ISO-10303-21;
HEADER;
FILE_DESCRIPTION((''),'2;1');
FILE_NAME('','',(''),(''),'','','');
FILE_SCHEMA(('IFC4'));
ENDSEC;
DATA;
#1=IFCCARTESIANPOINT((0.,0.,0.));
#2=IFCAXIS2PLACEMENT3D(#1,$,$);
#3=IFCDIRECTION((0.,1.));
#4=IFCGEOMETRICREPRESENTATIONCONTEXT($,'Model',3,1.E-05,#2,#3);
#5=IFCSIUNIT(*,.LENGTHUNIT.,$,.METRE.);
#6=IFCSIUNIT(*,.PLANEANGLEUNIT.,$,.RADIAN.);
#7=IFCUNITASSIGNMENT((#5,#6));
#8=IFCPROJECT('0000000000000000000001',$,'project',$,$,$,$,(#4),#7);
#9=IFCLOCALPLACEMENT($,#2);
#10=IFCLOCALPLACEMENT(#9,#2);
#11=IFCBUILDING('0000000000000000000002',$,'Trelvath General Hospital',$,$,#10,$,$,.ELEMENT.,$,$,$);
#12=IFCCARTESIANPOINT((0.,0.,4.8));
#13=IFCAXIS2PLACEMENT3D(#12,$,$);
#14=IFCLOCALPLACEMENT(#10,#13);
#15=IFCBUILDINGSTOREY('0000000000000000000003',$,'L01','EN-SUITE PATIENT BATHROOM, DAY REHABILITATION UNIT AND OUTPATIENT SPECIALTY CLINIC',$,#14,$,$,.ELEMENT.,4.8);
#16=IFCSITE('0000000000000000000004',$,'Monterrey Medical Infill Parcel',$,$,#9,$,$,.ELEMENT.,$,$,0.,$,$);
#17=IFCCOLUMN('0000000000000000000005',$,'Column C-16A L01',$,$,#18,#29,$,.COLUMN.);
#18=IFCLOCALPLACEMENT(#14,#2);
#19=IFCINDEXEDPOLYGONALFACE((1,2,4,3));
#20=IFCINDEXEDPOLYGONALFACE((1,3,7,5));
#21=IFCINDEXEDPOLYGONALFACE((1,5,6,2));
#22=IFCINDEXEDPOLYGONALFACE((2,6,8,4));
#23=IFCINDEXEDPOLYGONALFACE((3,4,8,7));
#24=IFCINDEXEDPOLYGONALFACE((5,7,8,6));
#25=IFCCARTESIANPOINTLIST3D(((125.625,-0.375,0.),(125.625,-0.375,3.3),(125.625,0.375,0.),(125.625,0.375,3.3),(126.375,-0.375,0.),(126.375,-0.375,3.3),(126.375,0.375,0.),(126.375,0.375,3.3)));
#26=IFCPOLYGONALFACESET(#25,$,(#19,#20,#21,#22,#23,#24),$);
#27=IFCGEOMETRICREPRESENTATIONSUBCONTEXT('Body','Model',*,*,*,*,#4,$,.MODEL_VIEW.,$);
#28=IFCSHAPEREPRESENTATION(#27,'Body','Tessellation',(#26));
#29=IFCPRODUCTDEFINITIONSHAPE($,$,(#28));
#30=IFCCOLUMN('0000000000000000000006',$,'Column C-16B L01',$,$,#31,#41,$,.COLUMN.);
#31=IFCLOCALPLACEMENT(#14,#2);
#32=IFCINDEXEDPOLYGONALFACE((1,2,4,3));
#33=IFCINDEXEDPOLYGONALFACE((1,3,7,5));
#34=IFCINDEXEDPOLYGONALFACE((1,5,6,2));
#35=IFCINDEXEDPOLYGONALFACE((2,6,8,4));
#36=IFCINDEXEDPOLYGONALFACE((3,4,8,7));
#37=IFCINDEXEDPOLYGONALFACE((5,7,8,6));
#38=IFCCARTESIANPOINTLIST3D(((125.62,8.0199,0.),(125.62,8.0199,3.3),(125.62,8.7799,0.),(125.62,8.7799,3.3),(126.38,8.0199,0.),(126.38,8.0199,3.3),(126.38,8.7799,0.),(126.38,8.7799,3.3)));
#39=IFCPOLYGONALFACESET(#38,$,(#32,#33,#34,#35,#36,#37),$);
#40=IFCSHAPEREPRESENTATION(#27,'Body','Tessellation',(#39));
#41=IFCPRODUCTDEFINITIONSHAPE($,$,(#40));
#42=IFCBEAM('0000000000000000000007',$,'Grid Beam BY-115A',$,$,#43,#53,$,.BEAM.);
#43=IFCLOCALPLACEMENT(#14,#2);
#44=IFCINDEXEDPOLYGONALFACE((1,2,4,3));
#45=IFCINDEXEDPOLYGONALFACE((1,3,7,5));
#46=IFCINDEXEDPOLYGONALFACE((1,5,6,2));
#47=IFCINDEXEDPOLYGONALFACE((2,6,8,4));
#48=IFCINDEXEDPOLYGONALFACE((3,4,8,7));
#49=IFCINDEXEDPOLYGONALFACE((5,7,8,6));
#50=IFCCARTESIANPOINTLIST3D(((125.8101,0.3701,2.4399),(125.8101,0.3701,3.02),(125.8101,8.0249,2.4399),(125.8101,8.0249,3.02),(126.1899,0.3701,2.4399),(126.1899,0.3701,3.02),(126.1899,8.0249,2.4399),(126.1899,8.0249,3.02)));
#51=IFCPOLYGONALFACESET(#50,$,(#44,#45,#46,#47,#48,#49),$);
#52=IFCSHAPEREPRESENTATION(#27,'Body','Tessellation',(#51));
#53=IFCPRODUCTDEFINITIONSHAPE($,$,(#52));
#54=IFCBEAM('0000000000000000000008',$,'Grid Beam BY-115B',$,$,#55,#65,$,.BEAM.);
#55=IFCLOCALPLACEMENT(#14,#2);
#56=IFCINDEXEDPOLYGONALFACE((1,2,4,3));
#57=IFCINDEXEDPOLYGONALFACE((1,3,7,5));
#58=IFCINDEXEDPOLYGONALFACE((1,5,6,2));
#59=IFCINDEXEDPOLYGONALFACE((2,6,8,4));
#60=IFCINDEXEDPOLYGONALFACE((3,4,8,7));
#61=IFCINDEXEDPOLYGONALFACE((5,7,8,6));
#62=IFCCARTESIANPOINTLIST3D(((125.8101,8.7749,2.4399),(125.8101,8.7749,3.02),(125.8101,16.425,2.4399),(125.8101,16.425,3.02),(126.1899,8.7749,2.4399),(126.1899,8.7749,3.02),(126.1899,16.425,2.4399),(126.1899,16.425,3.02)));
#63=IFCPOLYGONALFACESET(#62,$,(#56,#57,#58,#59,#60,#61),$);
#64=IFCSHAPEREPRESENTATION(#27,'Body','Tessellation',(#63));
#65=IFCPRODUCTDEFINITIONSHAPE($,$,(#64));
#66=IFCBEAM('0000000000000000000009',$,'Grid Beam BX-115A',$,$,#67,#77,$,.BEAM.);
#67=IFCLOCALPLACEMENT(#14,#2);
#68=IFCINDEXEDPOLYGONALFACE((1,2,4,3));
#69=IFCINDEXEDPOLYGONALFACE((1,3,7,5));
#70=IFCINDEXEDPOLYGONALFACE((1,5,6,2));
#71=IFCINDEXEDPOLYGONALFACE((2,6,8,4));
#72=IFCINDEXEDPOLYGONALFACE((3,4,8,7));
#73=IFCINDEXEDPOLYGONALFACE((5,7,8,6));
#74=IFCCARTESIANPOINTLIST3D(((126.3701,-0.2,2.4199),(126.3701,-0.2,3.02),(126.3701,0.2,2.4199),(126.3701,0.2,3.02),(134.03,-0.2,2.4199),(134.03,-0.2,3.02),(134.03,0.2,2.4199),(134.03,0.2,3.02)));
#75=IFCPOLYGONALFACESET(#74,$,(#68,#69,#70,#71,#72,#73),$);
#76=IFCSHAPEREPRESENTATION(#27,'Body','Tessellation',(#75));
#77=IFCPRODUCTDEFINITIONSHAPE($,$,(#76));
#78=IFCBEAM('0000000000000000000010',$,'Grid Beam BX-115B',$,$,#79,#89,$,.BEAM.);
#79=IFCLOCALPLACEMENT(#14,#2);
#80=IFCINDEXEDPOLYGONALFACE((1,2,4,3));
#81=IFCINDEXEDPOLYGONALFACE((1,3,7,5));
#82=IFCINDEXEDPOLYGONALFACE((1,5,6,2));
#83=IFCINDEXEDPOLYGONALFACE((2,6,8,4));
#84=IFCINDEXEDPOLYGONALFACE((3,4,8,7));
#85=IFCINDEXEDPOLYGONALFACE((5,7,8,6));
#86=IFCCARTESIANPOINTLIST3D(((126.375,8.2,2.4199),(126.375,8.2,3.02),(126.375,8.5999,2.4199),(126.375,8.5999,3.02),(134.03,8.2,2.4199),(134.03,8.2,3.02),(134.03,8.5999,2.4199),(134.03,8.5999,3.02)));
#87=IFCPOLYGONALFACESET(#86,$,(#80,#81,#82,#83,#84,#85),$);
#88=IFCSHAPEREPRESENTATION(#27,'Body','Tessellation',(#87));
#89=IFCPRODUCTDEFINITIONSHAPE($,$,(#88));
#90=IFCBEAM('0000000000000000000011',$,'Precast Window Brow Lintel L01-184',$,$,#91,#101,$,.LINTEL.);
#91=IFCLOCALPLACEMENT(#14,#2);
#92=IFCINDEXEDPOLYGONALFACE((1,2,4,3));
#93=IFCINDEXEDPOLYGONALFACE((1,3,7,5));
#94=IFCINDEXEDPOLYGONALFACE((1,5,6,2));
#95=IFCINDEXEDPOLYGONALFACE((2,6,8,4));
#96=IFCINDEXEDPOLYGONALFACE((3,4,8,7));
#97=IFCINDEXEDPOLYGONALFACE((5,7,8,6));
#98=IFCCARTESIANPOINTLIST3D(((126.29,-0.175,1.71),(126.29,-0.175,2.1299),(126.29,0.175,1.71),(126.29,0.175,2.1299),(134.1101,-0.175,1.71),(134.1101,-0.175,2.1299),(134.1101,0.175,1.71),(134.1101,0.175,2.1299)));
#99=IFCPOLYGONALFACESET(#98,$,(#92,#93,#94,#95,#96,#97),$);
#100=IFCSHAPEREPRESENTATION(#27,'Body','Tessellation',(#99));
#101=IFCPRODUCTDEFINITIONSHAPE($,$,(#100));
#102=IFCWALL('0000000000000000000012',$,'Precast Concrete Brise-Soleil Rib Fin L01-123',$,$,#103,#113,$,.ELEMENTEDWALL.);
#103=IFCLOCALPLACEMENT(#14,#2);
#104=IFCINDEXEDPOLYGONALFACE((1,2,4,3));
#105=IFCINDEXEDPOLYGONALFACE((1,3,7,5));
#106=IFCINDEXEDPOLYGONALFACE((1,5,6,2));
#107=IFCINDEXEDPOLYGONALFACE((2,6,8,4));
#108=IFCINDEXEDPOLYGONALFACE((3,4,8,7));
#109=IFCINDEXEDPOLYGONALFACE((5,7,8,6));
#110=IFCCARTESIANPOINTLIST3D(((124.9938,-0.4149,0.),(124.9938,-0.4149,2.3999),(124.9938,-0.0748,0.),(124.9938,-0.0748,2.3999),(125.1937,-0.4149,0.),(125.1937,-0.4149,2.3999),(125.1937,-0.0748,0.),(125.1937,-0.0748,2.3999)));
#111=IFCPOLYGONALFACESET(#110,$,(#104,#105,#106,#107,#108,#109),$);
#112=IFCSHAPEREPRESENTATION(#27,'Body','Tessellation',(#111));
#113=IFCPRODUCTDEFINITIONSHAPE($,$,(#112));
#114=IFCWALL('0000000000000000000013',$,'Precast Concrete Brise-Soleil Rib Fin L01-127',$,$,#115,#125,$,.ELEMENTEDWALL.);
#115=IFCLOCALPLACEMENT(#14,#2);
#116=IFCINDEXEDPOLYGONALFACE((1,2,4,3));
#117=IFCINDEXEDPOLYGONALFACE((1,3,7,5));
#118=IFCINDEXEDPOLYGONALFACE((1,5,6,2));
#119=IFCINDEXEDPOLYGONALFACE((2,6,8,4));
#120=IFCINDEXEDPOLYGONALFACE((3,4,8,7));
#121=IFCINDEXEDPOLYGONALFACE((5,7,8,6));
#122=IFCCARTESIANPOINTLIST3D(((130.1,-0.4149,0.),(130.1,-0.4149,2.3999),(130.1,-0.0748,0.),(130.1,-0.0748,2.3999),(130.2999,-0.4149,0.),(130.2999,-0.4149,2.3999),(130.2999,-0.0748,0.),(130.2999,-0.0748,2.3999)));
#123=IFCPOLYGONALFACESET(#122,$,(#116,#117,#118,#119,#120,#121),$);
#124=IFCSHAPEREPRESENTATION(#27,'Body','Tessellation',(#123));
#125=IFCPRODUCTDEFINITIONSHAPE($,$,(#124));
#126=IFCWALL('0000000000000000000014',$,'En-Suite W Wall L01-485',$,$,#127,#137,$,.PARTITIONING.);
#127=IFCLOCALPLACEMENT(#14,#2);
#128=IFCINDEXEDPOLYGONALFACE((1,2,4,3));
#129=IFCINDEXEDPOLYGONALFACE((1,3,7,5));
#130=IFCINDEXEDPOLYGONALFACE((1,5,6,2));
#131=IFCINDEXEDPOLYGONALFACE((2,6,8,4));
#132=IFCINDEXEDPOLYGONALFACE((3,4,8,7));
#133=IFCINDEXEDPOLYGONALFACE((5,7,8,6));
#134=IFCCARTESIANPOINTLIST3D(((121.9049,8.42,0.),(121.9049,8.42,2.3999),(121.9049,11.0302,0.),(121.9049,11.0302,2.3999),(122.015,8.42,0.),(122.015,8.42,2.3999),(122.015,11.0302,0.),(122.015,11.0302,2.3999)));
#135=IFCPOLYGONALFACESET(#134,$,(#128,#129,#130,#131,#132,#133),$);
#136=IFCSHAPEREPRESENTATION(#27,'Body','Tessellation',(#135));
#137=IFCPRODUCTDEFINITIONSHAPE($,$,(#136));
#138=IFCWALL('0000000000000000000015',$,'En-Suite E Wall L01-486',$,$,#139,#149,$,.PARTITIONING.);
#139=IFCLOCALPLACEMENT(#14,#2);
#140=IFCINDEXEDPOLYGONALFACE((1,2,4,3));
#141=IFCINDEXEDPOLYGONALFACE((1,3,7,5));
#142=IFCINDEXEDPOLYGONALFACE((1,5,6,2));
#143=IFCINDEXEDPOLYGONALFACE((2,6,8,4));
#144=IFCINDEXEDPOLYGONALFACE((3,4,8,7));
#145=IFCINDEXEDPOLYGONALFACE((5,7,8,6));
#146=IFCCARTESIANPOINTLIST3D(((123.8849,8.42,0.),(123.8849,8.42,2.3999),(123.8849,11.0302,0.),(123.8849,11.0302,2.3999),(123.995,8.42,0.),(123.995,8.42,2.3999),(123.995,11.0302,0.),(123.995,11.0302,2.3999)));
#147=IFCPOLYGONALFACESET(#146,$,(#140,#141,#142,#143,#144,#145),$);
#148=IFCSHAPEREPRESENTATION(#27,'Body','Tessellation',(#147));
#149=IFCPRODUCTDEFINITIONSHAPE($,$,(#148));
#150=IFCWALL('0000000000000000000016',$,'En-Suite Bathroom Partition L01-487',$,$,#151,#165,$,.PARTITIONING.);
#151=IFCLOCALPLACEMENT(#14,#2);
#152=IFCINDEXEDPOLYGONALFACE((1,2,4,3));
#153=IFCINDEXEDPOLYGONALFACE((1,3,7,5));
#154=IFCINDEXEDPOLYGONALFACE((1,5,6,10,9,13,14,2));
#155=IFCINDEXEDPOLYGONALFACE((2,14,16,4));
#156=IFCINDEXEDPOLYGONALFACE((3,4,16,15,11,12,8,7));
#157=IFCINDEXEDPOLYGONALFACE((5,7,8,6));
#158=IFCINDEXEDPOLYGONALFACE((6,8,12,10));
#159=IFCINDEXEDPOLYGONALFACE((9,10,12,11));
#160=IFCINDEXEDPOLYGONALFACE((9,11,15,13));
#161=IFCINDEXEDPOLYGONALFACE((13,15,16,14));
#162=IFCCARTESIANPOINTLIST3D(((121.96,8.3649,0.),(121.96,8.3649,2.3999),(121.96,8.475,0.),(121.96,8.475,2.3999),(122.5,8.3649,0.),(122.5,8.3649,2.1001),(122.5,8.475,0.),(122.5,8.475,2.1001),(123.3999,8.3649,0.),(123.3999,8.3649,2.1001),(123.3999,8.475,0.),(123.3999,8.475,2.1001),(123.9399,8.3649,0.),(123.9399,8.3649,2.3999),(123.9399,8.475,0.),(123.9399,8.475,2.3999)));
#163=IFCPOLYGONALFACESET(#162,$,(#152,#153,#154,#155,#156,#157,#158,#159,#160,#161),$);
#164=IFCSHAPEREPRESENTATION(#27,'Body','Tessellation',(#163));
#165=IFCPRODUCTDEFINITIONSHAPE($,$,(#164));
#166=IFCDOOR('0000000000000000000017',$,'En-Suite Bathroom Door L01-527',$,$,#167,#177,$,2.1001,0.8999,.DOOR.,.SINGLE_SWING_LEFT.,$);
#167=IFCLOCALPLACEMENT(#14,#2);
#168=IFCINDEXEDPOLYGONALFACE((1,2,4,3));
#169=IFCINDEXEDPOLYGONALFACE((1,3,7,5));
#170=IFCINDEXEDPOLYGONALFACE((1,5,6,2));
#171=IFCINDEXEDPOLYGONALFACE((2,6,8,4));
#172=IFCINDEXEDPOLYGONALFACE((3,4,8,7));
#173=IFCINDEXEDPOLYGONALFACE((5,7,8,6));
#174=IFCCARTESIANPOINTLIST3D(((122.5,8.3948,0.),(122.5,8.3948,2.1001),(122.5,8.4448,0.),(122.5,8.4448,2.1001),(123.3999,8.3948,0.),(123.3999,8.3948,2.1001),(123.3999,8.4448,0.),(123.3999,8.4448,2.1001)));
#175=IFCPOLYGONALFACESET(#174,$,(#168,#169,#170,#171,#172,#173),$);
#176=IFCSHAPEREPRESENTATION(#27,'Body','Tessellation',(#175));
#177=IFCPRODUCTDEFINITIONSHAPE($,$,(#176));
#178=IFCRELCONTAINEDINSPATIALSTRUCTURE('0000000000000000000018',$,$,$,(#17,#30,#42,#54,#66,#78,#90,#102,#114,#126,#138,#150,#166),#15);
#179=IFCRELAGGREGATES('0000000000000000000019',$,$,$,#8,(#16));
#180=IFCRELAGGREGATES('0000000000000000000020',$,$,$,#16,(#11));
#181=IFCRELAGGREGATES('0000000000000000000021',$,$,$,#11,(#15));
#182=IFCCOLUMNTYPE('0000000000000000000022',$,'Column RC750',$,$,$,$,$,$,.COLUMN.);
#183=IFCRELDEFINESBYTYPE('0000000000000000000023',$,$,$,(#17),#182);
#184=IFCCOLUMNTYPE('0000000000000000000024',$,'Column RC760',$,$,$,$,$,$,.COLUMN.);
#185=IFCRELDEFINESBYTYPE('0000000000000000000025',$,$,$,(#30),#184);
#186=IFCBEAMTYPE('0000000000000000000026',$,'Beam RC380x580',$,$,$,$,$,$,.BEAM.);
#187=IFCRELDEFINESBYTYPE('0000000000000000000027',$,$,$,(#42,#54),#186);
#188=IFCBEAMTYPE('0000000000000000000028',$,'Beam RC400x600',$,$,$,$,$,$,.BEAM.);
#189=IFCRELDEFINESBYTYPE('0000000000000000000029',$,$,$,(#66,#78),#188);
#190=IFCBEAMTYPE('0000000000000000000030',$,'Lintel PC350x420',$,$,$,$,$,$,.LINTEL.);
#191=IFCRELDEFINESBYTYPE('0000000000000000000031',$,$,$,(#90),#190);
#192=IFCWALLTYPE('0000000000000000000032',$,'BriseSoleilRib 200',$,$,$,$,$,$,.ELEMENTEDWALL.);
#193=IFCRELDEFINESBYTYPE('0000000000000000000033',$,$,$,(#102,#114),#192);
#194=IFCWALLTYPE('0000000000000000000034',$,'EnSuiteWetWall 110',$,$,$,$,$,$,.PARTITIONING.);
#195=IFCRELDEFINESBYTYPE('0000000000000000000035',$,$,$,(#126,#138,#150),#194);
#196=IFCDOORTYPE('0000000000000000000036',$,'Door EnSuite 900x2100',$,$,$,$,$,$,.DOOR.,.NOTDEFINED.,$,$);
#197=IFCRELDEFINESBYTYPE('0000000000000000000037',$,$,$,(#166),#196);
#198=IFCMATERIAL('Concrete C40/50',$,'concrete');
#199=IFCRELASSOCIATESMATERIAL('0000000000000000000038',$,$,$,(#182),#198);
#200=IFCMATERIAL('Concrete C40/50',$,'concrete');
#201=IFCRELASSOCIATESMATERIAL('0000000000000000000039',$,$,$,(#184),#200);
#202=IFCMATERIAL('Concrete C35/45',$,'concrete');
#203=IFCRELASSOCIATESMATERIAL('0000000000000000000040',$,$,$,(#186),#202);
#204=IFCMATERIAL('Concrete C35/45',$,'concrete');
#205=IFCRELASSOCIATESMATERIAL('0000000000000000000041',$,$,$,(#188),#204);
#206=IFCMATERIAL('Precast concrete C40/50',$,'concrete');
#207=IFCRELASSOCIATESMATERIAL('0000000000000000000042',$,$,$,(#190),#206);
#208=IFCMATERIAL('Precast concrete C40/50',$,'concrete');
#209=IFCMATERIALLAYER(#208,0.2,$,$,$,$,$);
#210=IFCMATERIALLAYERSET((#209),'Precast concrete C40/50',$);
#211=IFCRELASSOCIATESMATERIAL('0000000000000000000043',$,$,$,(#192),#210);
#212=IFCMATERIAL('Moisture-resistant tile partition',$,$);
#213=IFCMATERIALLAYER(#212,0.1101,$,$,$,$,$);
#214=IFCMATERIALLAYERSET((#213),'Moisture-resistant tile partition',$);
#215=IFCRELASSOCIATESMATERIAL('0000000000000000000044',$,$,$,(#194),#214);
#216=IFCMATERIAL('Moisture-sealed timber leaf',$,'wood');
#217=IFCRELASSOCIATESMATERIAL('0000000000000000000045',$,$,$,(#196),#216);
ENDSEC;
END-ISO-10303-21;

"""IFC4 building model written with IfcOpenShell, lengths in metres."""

from ifc_helpers import new_model, si_unit, direction, frame, frame_2d, origin, origin_2d, place, context, subcontext, project, spatial, rectangle, extrude, material, layer, layer_set, material_profile, profile_set, type_object, element, fill, save


model = new_model("IFC4")

# Units and contexts
model_context = context("Model", 3, precision=1e-05, world=origin(), true_north=direction((0.0, 1.0)))
body_context = subcontext(model_context, "Body", "Model", "MODEL_VIEW")
ifc_project = project(units=[si_unit("LENGTHUNIT", "METRE"), si_unit("PLANEANGLEUNIT", "RADIAN")], contexts=[model_context])

# Site, building, storey
site_placement = place(None, origin())
site = spatial("IfcSite", under=ifc_project, at=site_placement, Name="Monterrey Medical Infill Parcel", CompositionType="ELEMENT", RefElevation=0.0)
building_placement = place(site_placement, origin())
building = spatial("IfcBuilding", under=site, at=building_placement, Name="Trelvath General Hospital", CompositionType="ELEMENT")
storey_placement = place(building_placement, frame((0.0, 0.0, 4.8)))
storey = spatial("IfcBuildingStorey", under=building, at=storey_placement, Name="L01", Description="EN-SUITE PATIENT BATHROOM, DAY REHABILITATION UNIT AND OUTPATIENT SPECIALTY CLINIC", CompositionType="ELEMENT", Elevation=4.8)

# Columns
ifc_material_1 = material(Name="Concrete C40/50", Category="concrete")
ifc_material_profile_1 = material_profile(ifc_material_1, rectangle(XDim=0.75, YDim=0.75, at=origin_2d()), Name="RC750x750")
ifc_profile_set_1 = profile_set([ifc_material_profile_1], Name="Concrete C40/50")
column_type_1 = type_object("IfcColumnType", Name="Column RC750", PredefinedType="COLUMN", material=ifc_profile_set_1)
column_1_placement = place(storey_placement, frame((126.0, 0.0, 0.0), z_axis=(0.0, 0.0, 1.0), x_axis=(1.0, 0.0, 0.0)))
element("IfcColumn", 1, at=column_1_placement, inside=storey, type_object=column_type_1, Name="Column C-16A L01", PredefinedType="COLUMN", context=body_context, shape_type="SweptSolid", body=[
    extrude(rectangle(XDim=0.75, YDim=0.75, at=origin_2d()), origin(), (0.0, 0.0, 1.0), 3.3),
])
ifc_material_2 = material(Name="Concrete C40/50", Category="concrete")
ifc_material_profile_2 = material_profile(ifc_material_2, rectangle(XDim=0.76, YDim=0.76, at=origin_2d()), Name="RC760x760")
ifc_profile_set_2 = profile_set([ifc_material_profile_2], Name="Concrete C40/50")
column_type_2 = type_object("IfcColumnType", Name="Column RC760", PredefinedType="COLUMN", material=ifc_profile_set_2)
column_2_placement = place(storey_placement, frame((126.0, 8.3999, 0.0), z_axis=(0.0, 0.0, 1.0), x_axis=(1.0, 0.0, 0.0)))
element("IfcColumn", 2, at=column_2_placement, inside=storey, type_object=column_type_2, Name="Column C-16B L01", PredefinedType="COLUMN", context=body_context, shape_type="SweptSolid", body=[
    extrude(rectangle(XDim=0.76, YDim=0.76, at=origin_2d()), origin(), (0.0, 0.0, 1.0), 3.3),
])

# Beams
ifc_material_3 = material(Name="Concrete C35/45", Category="concrete")
ifc_material_profile_3 = material_profile(ifc_material_3, rectangle(XDim=0.3799, YDim=0.5801, at=origin_2d()), Name="RCB380x580")
ifc_profile_set_3 = profile_set([ifc_material_profile_3], Name="Concrete C35/45")
beam_type_1 = type_object("IfcBeamType", Name="Beam RC380x580", PredefinedType="BEAM", material=ifc_profile_set_3)
beam_1_placement = place(storey_placement, frame((126.0, 0.3701, 2.73), z_axis=(0.0, 1.0, 0.0), x_axis=(-1.0, 0.0, 0.0)))
element("IfcBeam", 3, at=beam_1_placement, inside=storey, type_object=beam_type_1, Name="Grid Beam BY-115A", PredefinedType="BEAM", context=body_context, shape_type="SweptSolid", body=[
    extrude(rectangle(XDim=0.3799, YDim=0.5801, at=origin_2d()), origin(), (0.0, 0.0, 1.0), 7.6548),
])
beam_2_placement = place(storey_placement, frame((126.0, 8.7749, 2.73), z_axis=(0.0, 1.0, 0.0), x_axis=(-1.0, 0.0, 0.0)))
element("IfcBeam", 4, at=beam_2_placement, inside=storey, type_object=beam_type_1, Name="Grid Beam BY-115B", PredefinedType="BEAM", context=body_context, shape_type="SweptSolid", body=[
    extrude(rectangle(XDim=0.3799, YDim=0.5801, at=origin_2d()), origin(), (0.0, 0.0, 1.0), 7.6501),
])
ifc_material_4 = material(Name="Concrete C35/45", Category="concrete")
ifc_material_profile_4 = material_profile(ifc_material_4, rectangle(XDim=0.3999, YDim=0.6001, at=origin_2d()), Name="RCB400x600")
ifc_profile_set_4 = profile_set([ifc_material_profile_4], Name="Concrete C35/45")
beam_type_2 = type_object("IfcBeamType", Name="Beam RC400x600", PredefinedType="BEAM", material=ifc_profile_set_4)
beam_3_placement = place(storey_placement, frame((126.3701, 0.0, 2.72), z_axis=(1.0, 0.0, 0.0), x_axis=(0.0, 1.0, 0.0)))
element("IfcBeam", 5, at=beam_3_placement, inside=storey, type_object=beam_type_2, Name="Grid Beam BX-115A", PredefinedType="BEAM", context=body_context, shape_type="SweptSolid", body=[
    extrude(rectangle(XDim=0.3999, YDim=0.6001, at=origin_2d()), origin(), (0.0, 0.0, 1.0), 7.6599),
])
beam_4_placement = place(storey_placement, frame((126.375, 8.3999, 2.72), z_axis=(1.0, 0.0, 0.0), x_axis=(0.0, 1.0, 0.0)))
element("IfcBeam", 6, at=beam_4_placement, inside=storey, type_object=beam_type_2, Name="Grid Beam BX-115B", PredefinedType="BEAM", context=body_context, shape_type="SweptSolid", body=[
    extrude(rectangle(XDim=0.3999, YDim=0.6001, at=origin_2d()), origin(), (0.0, 0.0, 1.0), 7.655),
])
ifc_material_5 = material(Name="Precast concrete C40/50", Category="concrete")
ifc_material_profile_5 = material_profile(ifc_material_5, rectangle(XDim=0.3501, YDim=0.4199, at=origin_2d()), Name="PCL350x420")
ifc_profile_set_5 = profile_set([ifc_material_profile_5], Name="Precast concrete C40/50")
beam_type_3 = type_object("IfcBeamType", Name="Lintel PC350x420", PredefinedType="LINTEL", material=ifc_profile_set_5)
beam_5_placement = place(storey_placement, frame((134.1101, 0.0, 1.9199), z_axis=(-1.0, 0.0, 0.0), x_axis=(0.0, -1.0, 0.0)))
element("IfcBeam", 7, at=beam_5_placement, inside=storey, type_object=beam_type_3, Name="Precast Window Brow Lintel L01-184", PredefinedType="LINTEL", context=body_context, shape_type="SweptSolid", body=[
    extrude(rectangle(XDim=0.3501, YDim=0.4199, at=origin_2d()), origin(), (0.0, 0.0, 1.0), 7.8201),
])

# Walls
ifc_material_6 = material(Name="Precast concrete C40/50", Category="concrete")
ifc_layer_1 = layer(ifc_material_6, 0.2)
ifc_layer_set_1 = layer_set([ifc_layer_1], Name="Precast concrete C40/50")
wall_type_1 = type_object("IfcWallType", Name="BriseSoleilRib 200", PredefinedType="ELEMENTEDWALL", material=ifc_layer_set_1)
for number, where, z_axis, x_axis, name in (
    (8, (125.0938, -0.075, 0.0), (0.0, 0.0, 1.0), (0.0, -1.0, 0.0), "Precast Concrete Brise-Soleil Rib Fin L01-123"),
    (9, (130.2, -0.075, 0.0), (0.0, 0.0, 1.0), (0.0, -1.0, 0.0), "Precast Concrete Brise-Soleil Rib Fin L01-127"),
):
    element("IfcWall", number, at=place(storey_placement, frame(where, z_axis=z_axis, x_axis=x_axis)), inside=storey, type_object=wall_type_1, Name=name, PredefinedType="ELEMENTEDWALL", context=body_context, shape_type="SweptSolid", body=[
        extrude(rectangle(XDim=0.3401, YDim=0.2, at=frame_2d((0.1699, 0.0))), origin(), (0.0, 0.0, 1.0), 2.3999),
    ])
ifc_material_7 = material(Name="Moisture-resistant tile partition")
ifc_layer_2 = layer(ifc_material_7, 0.1101)
ifc_layer_set_2 = layer_set([ifc_layer_2], Name="Moisture-resistant tile partition")
wall_type_2 = type_object("IfcWallType", Name="EnSuiteWetWall 110", PredefinedType="PARTITIONING", material=ifc_layer_set_2)
for number, where, z_axis, x_axis, name in (
    (10, (121.96, 8.4199, 0.0), (0.0, 0.0, 1.0), (0.0, 1.0, 0.0), "En-Suite W Wall L01-485"),
    (11, (123.9399, 8.4199, 0.0), (0.0, 0.0, 1.0), (0.0, 1.0, 0.0), "En-Suite E Wall L01-486"),
):
    element("IfcWall", number, at=place(storey_placement, frame(where, z_axis=z_axis, x_axis=x_axis)), inside=storey, type_object=wall_type_2, Name=name, PredefinedType="PARTITIONING", context=body_context, shape_type="SweptSolid", body=[
        extrude(rectangle(XDim=2.6101, YDim=0.1101, at=frame_2d((1.3052, 0.0))), origin(), (0.0, 0.0, 1.0), 2.3999),
    ])

# Wall, opening, door
wall_1_placement = place(storey_placement, frame((121.96, 8.4199, 0.0), z_axis=(0.0, 0.0, 1.0), x_axis=(1.0, 0.0, 0.0)))
wall_1 = element("IfcWall", 12, at=wall_1_placement, inside=storey, type_object=wall_type_2, Name="En-Suite Bathroom Partition L01-487", PredefinedType="PARTITIONING", context=body_context, shape_type="SweptSolid", body=[
    extrude(rectangle(XDim=1.98, YDim=0.1101, at=frame_2d((0.99, 0.0))), origin(), (0.0, 0.0, 1.0), 2.3999),
])
opening_1_placement = place(wall_1_placement, frame((0.54, 0.0, 0.0)))
opening_1 = element("IfcOpeningElement", 13, at=opening_1_placement, cuts=wall_1, PredefinedType="OPENING", context=body_context, shape_type="SweptSolid", body=[
    extrude(rectangle(XDim=0.8999, YDim=2.1001, at=frame_2d((0.45, 1.05))), frame((0.0, 0.0649, 0.0), z_axis=(0.0, -1.0, 0.0), x_axis=(1.0, 0.0, 0.0)), (0.0, 0.0, 1.0), 0.1301),
])
ifc_material_8 = material(Name="Moisture-sealed timber leaf", Category="wood")
door_type = type_object("IfcDoorType", Name="Door EnSuite 900x2100", OperationType="NOTDEFINED", PredefinedType="DOOR", material=ifc_material_8)
door_placement = place(opening_1_placement, origin())
door = element("IfcDoor", 14, at=door_placement, inside=storey, type_object=door_type, Name="En-Suite Bathroom Door L01-527", OperationType="SINGLE_SWING_LEFT", OverallHeight=2.1001, OverallWidth=0.8999, PredefinedType="DOOR", context=body_context, shape_type="SweptSolid", body=[
    extrude(rectangle(XDim=0.8999, YDim=2.1001, at=frame_2d((0.45, 1.05))), frame((0.0, 0.0249, 0.0), z_axis=(0.0, -1.0, 0.0), x_axis=(1.0, 0.0, 0.0)), (0.0, 0.0, 1.0), 0.05),
])
fill(opening_1, door)

save(model, "model.ifc")
